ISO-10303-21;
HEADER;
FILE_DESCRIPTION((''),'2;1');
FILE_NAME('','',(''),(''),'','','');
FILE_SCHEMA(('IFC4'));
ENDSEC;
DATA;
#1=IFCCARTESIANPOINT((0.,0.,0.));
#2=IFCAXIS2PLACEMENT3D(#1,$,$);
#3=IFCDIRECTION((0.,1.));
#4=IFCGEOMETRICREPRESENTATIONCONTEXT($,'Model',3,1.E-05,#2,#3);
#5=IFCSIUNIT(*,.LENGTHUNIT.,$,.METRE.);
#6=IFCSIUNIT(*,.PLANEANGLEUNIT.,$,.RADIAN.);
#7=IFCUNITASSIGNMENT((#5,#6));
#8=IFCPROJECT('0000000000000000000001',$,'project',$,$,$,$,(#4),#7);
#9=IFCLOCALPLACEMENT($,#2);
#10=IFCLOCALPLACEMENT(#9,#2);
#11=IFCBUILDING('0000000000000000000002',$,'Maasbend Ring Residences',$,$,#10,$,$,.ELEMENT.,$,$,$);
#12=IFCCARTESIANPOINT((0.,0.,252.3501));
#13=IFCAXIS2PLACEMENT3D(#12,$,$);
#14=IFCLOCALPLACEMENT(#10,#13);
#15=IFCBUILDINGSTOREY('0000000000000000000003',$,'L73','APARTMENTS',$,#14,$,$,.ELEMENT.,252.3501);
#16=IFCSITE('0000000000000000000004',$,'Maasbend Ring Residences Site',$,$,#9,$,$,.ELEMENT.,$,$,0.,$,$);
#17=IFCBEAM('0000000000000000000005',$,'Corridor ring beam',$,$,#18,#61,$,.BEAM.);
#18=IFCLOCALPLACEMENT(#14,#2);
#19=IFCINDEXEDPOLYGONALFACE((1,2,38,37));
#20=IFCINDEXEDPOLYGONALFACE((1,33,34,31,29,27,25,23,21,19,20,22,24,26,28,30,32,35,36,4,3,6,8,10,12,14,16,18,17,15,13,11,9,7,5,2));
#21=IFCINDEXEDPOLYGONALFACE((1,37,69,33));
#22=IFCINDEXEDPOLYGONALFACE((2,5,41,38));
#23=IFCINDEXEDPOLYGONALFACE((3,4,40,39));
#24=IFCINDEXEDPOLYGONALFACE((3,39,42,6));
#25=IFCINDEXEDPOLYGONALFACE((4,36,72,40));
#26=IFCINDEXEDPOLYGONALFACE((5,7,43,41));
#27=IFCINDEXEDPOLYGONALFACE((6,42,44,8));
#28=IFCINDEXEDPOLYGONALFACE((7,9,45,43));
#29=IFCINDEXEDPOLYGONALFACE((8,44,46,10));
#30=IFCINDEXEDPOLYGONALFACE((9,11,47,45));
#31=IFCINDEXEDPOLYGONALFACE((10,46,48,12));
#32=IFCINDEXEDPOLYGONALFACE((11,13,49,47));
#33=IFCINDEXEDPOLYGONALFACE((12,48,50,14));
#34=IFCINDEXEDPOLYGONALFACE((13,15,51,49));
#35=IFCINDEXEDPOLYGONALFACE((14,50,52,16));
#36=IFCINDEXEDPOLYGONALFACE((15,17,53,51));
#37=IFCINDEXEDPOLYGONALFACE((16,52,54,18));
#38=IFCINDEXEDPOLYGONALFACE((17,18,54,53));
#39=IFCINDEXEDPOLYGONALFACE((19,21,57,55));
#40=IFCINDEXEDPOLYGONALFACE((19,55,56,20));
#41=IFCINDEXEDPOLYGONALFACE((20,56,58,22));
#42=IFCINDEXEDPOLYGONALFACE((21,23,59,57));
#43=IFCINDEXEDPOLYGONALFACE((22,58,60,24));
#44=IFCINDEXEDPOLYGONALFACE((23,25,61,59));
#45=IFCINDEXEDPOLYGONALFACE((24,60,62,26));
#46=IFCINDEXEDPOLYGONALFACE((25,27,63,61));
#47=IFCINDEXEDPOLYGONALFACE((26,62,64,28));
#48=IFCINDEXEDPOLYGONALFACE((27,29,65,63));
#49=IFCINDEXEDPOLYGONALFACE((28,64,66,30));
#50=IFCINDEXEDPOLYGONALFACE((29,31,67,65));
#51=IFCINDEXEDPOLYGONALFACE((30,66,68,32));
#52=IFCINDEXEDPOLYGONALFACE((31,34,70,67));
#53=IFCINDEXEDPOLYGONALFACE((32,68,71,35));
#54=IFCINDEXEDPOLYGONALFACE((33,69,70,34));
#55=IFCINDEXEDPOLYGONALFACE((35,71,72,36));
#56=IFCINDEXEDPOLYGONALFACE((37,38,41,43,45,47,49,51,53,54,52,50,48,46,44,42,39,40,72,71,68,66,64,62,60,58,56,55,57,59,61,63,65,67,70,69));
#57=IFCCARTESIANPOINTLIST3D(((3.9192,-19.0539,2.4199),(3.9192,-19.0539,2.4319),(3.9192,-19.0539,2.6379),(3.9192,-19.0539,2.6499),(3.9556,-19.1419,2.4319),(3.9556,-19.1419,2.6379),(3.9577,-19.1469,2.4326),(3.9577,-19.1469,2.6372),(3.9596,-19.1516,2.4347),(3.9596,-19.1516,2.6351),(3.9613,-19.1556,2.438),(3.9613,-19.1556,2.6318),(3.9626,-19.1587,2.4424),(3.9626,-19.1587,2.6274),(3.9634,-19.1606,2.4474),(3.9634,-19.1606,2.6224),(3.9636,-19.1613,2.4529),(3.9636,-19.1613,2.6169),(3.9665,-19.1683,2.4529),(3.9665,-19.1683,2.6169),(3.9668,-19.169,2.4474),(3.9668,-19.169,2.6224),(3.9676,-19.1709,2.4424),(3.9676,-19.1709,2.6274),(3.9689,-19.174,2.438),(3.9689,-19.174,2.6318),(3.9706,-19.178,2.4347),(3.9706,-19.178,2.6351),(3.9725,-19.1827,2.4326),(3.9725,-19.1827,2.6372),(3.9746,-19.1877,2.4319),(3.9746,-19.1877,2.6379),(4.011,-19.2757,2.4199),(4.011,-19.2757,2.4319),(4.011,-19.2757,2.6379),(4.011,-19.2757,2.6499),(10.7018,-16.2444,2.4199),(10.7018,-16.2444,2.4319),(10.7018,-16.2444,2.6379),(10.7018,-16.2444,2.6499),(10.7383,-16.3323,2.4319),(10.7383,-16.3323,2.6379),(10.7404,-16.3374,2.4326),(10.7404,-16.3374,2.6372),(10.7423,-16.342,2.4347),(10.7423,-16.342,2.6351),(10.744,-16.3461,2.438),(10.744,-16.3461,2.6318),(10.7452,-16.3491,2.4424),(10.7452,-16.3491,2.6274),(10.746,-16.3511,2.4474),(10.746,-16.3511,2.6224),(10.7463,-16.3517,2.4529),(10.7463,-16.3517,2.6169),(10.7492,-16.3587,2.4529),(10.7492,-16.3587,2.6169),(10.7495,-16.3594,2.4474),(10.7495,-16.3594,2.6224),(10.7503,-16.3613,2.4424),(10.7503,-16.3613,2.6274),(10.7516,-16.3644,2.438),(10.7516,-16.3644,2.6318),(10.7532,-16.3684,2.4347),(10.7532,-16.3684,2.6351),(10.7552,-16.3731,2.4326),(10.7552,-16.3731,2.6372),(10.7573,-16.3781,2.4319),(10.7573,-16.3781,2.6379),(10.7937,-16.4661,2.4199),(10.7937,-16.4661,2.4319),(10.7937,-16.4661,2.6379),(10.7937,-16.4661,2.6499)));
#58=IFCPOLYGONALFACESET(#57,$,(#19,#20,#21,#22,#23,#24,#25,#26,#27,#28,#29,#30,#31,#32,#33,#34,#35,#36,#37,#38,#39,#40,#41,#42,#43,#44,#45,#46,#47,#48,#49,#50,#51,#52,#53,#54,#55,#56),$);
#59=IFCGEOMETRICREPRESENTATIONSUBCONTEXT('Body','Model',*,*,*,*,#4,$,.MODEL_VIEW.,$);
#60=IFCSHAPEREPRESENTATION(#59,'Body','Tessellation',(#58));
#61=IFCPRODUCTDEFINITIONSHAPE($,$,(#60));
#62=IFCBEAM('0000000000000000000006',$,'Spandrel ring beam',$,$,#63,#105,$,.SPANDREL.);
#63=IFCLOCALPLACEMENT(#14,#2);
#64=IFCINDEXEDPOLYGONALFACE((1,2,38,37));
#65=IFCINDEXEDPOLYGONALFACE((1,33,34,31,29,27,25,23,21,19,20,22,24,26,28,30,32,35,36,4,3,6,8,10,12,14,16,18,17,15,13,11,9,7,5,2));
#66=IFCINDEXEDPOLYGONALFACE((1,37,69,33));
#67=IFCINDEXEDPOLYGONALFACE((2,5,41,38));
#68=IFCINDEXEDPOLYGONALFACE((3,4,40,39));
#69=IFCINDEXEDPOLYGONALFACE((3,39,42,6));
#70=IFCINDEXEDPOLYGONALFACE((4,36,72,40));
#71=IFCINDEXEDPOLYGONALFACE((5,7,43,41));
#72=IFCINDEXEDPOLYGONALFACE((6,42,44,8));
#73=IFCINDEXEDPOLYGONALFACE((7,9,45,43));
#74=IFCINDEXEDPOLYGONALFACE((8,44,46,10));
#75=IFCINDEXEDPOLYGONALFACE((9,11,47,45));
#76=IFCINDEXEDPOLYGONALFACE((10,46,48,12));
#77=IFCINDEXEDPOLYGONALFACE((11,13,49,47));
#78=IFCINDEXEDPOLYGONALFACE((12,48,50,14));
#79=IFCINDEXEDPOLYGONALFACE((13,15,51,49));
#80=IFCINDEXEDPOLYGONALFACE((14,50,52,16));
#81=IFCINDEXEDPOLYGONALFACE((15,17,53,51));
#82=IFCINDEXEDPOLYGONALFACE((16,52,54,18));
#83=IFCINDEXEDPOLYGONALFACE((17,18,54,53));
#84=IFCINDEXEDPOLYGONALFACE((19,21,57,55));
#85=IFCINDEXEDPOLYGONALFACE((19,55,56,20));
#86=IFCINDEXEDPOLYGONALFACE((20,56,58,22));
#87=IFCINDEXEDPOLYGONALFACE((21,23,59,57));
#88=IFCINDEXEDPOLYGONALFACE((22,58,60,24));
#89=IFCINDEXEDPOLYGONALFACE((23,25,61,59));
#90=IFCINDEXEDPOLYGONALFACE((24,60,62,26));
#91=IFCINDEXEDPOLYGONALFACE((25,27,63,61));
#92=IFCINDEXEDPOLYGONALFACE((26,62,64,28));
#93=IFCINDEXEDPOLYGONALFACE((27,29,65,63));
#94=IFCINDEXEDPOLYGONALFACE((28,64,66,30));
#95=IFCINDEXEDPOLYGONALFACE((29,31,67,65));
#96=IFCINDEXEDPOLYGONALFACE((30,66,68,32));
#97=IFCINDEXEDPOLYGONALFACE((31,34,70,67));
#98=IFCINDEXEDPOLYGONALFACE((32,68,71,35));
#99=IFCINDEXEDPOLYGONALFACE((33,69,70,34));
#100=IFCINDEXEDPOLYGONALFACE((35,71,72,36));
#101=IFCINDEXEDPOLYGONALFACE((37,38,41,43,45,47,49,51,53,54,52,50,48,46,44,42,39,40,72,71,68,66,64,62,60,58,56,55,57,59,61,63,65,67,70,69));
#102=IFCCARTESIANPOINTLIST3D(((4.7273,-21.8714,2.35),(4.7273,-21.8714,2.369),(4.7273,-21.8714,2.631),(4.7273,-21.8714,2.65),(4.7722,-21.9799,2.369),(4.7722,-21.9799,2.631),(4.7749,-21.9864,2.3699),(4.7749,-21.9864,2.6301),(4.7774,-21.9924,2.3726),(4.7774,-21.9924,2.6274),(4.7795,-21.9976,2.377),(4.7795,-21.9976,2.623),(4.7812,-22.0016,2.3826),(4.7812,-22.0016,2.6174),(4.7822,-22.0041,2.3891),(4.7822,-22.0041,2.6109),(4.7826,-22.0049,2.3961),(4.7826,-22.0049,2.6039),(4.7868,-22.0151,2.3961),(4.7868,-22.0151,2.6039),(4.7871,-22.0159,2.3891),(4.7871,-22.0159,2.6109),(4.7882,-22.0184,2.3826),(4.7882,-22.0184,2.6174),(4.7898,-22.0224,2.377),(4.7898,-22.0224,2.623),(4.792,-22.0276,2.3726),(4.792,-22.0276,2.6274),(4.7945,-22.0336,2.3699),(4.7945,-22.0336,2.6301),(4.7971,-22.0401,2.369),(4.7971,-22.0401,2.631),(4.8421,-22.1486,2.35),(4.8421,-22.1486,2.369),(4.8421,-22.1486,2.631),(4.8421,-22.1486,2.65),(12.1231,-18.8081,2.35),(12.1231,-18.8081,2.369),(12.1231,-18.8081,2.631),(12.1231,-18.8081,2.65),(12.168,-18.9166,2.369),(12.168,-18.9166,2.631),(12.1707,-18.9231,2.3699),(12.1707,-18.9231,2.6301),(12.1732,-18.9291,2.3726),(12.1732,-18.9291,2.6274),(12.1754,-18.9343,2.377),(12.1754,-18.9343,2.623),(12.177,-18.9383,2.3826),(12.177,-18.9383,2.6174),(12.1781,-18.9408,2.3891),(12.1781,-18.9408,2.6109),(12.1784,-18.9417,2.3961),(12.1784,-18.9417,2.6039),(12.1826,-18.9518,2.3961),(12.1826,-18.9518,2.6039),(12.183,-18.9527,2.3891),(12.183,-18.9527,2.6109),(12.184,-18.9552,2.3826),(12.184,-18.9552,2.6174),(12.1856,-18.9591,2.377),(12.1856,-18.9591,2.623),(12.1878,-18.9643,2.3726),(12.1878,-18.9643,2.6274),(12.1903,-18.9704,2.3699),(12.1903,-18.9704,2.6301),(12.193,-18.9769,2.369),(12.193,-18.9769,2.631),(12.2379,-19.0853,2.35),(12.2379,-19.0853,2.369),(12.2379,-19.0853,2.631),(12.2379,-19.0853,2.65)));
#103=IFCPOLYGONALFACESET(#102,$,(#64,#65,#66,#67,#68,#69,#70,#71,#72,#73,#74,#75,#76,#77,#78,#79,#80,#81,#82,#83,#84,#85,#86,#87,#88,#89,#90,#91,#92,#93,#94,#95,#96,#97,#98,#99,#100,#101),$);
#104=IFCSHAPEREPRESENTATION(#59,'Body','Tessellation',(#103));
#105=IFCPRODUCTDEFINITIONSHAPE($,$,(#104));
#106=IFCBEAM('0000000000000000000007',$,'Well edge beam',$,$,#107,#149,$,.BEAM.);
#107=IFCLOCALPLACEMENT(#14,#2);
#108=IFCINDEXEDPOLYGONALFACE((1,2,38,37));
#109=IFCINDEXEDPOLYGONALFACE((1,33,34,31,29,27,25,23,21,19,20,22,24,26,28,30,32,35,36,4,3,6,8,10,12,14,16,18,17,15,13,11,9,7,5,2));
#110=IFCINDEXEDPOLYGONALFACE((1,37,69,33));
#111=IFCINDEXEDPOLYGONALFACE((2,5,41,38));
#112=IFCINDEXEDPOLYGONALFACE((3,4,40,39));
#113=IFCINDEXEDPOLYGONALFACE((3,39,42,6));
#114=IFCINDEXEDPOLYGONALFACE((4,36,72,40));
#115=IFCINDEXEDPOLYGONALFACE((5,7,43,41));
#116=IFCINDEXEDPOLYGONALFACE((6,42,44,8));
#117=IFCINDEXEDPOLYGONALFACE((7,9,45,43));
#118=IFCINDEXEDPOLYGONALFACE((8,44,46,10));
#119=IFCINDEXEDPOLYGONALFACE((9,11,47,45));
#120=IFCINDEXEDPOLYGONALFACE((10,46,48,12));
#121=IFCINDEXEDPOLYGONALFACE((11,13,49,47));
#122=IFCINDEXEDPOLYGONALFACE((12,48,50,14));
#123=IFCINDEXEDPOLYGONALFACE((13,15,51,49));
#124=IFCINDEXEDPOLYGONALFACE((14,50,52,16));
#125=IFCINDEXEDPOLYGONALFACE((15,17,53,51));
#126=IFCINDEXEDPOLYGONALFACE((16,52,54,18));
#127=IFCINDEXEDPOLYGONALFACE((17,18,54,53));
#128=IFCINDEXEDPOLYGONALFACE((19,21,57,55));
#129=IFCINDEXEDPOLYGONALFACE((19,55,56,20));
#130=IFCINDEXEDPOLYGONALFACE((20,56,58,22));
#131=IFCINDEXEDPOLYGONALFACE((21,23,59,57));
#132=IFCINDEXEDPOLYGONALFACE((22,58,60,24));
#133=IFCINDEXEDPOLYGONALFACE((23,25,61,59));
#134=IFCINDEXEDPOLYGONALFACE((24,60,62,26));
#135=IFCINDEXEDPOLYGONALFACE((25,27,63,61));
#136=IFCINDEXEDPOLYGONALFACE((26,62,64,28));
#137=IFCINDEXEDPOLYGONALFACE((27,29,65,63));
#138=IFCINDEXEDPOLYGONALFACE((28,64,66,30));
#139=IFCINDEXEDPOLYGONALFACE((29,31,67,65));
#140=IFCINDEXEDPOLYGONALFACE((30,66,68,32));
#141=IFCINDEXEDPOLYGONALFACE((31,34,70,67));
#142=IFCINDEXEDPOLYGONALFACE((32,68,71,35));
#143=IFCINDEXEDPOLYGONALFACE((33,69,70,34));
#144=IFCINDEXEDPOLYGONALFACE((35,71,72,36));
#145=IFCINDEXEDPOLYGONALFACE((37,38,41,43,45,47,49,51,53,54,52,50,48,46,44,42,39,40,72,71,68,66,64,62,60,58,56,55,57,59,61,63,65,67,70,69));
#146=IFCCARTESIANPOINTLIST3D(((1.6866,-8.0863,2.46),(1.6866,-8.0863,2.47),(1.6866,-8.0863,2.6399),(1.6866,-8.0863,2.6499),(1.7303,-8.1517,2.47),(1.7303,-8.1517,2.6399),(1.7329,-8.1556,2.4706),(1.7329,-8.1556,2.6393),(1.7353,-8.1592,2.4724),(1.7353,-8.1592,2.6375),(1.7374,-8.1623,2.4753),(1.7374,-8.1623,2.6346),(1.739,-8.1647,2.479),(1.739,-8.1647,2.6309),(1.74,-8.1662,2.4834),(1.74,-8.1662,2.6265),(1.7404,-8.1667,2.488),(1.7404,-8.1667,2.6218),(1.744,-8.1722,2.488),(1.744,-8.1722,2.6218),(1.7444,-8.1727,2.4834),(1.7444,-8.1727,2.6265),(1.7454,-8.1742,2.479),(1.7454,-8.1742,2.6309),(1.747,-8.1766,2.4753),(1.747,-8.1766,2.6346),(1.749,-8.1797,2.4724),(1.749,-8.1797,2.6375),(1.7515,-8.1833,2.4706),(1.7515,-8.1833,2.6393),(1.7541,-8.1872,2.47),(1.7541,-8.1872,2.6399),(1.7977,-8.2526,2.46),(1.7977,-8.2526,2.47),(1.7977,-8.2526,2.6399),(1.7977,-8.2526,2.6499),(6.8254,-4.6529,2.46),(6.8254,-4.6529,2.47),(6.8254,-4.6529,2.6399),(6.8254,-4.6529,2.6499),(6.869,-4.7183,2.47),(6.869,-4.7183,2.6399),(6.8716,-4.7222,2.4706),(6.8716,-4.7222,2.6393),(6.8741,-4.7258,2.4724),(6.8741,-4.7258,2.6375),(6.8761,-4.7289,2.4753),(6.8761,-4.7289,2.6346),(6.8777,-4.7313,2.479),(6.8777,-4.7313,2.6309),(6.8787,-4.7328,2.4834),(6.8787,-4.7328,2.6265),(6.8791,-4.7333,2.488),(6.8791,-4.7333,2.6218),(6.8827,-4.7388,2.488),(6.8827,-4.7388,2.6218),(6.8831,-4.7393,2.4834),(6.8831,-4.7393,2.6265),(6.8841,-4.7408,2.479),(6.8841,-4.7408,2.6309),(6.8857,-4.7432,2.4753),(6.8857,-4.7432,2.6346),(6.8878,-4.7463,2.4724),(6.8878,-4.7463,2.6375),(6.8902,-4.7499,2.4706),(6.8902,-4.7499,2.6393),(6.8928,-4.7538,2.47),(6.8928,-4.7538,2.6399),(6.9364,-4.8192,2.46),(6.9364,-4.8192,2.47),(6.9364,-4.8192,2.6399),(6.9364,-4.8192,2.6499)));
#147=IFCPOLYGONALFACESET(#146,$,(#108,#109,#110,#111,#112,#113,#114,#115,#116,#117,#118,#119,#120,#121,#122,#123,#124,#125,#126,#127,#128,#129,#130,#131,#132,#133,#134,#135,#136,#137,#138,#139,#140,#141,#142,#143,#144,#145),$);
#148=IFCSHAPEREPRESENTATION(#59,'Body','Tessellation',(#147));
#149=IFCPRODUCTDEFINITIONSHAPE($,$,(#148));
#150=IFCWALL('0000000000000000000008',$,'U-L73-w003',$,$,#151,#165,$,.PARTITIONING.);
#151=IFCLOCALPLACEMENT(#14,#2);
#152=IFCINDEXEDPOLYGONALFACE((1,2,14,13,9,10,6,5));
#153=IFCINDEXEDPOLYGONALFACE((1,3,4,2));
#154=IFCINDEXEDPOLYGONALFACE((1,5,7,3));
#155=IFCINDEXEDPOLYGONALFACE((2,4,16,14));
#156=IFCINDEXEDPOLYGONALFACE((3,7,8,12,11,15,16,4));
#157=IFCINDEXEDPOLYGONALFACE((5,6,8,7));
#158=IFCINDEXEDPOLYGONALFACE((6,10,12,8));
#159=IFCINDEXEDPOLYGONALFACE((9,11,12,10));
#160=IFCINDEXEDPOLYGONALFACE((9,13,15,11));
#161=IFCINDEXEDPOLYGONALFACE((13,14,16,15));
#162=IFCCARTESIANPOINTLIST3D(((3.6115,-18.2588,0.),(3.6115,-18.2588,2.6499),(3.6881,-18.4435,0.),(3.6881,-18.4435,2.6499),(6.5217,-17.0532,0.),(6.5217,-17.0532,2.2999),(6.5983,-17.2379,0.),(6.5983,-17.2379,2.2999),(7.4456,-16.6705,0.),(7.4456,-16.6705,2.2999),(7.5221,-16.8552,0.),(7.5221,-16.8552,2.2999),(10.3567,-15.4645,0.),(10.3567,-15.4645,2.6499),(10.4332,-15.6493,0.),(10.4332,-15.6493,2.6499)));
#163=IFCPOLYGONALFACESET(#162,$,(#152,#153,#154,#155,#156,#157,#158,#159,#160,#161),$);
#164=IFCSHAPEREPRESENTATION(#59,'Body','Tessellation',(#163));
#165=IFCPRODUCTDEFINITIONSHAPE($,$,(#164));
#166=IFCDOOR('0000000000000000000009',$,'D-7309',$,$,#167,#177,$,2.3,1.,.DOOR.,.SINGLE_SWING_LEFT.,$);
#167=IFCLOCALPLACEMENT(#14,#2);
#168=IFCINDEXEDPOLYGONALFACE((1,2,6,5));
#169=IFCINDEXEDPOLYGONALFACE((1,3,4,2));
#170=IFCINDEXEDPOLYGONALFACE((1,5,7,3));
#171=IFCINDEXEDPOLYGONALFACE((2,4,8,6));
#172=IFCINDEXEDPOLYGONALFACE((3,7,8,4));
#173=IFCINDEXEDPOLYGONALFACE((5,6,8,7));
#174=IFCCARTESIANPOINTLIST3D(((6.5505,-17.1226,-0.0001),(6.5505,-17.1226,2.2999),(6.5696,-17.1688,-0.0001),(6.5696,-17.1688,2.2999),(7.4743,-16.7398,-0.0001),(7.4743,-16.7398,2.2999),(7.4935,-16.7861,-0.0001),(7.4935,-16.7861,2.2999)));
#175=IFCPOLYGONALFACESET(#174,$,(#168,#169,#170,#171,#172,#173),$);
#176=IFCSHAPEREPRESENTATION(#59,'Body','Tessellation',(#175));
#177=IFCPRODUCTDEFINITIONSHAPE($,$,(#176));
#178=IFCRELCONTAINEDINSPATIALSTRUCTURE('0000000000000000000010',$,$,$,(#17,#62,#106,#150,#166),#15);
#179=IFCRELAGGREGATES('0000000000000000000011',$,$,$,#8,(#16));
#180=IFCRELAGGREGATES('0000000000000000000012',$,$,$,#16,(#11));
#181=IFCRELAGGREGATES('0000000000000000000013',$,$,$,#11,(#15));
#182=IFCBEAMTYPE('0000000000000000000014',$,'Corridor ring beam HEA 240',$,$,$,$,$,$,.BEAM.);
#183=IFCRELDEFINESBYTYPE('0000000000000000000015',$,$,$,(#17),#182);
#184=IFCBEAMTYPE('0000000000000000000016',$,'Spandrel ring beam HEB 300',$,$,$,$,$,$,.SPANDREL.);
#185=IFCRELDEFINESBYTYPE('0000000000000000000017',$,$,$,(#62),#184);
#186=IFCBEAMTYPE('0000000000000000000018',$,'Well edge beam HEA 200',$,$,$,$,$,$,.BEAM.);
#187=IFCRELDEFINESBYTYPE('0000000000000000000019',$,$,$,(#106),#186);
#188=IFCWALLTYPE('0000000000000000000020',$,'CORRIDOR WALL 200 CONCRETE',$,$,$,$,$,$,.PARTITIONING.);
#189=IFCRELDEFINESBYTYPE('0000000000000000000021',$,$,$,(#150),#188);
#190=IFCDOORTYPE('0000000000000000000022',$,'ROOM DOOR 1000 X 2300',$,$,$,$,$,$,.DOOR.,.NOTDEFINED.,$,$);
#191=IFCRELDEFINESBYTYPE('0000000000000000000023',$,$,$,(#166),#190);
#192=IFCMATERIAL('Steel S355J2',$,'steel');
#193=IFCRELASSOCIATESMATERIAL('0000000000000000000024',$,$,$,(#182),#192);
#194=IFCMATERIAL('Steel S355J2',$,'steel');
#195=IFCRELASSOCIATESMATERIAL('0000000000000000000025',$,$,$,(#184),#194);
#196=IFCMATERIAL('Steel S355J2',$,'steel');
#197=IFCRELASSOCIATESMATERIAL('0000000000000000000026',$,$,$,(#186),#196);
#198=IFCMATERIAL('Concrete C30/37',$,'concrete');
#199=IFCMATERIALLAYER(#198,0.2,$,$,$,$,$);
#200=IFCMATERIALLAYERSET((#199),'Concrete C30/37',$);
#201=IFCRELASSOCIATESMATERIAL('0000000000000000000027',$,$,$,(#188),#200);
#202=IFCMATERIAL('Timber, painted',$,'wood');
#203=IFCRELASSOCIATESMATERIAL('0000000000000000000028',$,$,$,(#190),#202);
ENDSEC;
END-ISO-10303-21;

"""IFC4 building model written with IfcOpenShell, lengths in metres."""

from ifc_helpers import new_model, si_unit, direction, frame, frame_2d, origin, origin_2d, place, context, subcontext, project, spatial, rectangle, i_section, extrude, material, layer, layer_set, material_profile, profile_set, type_object, element, fill, save


model = new_model("IFC4")

# Units and contexts
model_context = context("Model", 3, precision=1e-05, world=origin(), true_north=direction((0.0, 1.0)))
body_context = subcontext(model_context, "Body", "Model", "MODEL_VIEW")
ifc_project = project(units=[si_unit("LENGTHUNIT", "METRE"), si_unit("PLANEANGLEUNIT", "RADIAN")], contexts=[model_context])

# Site, building, storey
site_placement = place(None, origin())
site = spatial("IfcSite", under=ifc_project, at=site_placement, Name="Maasbend Ring Residences Site", CompositionType="ELEMENT", RefElevation=0.0)
building_placement = place(site_placement, origin())
building = spatial("IfcBuilding", under=site, at=building_placement, Name="Maasbend Ring Residences", CompositionType="ELEMENT")
storey_placement = place(building_placement, frame((0.0, 0.0, 252.3501)))
storey = spatial("IfcBuildingStorey", under=building, at=storey_placement, Name="L73", Description="APARTMENTS", CompositionType="ELEMENT", Elevation=252.3501)

# Beams
ifc_material_1 = material(Name="Steel S355J2", Category="steel")
ifc_material_profile_1 = material_profile(ifc_material_1, i_section(OverallWidth=0.24, OverallDepth=0.23, WebThickness=0.0076, FlangeThickness=0.012, FilletRadius=0.021, at=origin_2d()), Name="HEA 240")
ifc_profile_set_1 = profile_set([ifc_material_profile_1], Name="Steel S355J2")
beam_type_1 = type_object("IfcBeamType", Name="Corridor ring beam HEA 240", PredefinedType="BEAM", material=ifc_profile_set_1)
beam_1_placement = place(storey_placement, frame((3.9651, -19.1648, 2.5349), z_axis=(0.923876, 0.382692, 0.0), x_axis=(-0.382692, 0.923876, 0.0)))
element("IfcBeam", 1, at=beam_1_placement, inside=storey, type_object=beam_type_1, Name="Corridor ring beam", PredefinedType="BEAM", context=body_context, shape_type="SweptSolid", body=[
    extrude(i_section(OverallWidth=0.24, OverallDepth=0.23, WebThickness=0.0076, FlangeThickness=0.012, FilletRadius=0.021, at=origin_2d()), origin(), (0.0, 0.0, 1.0), 7.3416),
])
ifc_material_2 = material(Name="Steel S355J2", Category="steel")
ifc_material_profile_2 = material_profile(ifc_material_2, i_section(OverallWidth=0.3, OverallDepth=0.3, WebThickness=0.011, FlangeThickness=0.019, FilletRadius=0.0271, at=origin_2d()), Name="HEB 300")
ifc_profile_set_2 = profile_set([ifc_material_profile_2], Name="Steel S355J2")
beam_type_2 = type_object("IfcBeamType", Name="Spandrel ring beam HEB 300", PredefinedType="SPANDREL", material=ifc_profile_set_2)
beam_2_placement = place(storey_placement, frame((4.7847, -22.01, 2.5), z_axis=(0.923888, 0.382663, 0.0), x_axis=(-0.382663, 0.923888, 0.0)))
element("IfcBeam", 2, at=beam_2_placement, inside=storey, type_object=beam_type_2, Name="Spandrel ring beam", PredefinedType="SPANDREL", context=body_context, shape_type="SweptSolid", body=[
    extrude(i_section(OverallWidth=0.3, OverallDepth=0.3, WebThickness=0.011, FlangeThickness=0.019, FilletRadius=0.0271, at=origin_2d()), origin(), (0.0, 0.0, 1.0), 8.0051),
])
ifc_material_3 = material(Name="Steel S355J2", Category="steel")
ifc_material_profile_3 = material_profile(ifc_material_3, i_section(OverallWidth=0.2, OverallDepth=0.1899, WebThickness=0.0066, FlangeThickness=0.01, FilletRadius=0.0181, at=origin_2d()), Name="HEA 200")
ifc_profile_set_3 = profile_set([ifc_material_profile_3], Name="Steel S355J2")
beam_type_3 = type_object("IfcBeamType", Name="Well edge beam HEA 200", PredefinedType="BEAM", material=ifc_profile_set_3)
beam_3_placement = place(storey_placement, frame((1.7422, -8.1694, 2.5549), z_axis=(0.831485, 0.555548, 0.0), x_axis=(-0.555548, 0.831485, 0.0)))
element("IfcBeam", 3, at=beam_3_placement, inside=storey, type_object=beam_type_3, Name="Well edge beam", PredefinedType="BEAM", context=body_context, shape_type="SweptSolid", body=[
    extrude(i_section(OverallWidth=0.2, OverallDepth=0.1899, WebThickness=0.0066, FlangeThickness=0.01, FilletRadius=0.0181, at=origin_2d()), origin(), (0.0, 0.0, 1.0), 6.1802),
])

# Wall, opening, door
ifc_material_4 = material(Name="Concrete C30/37", Category="concrete")
ifc_layer_1 = layer(ifc_material_4, 0.2)
ifc_layer_set_1 = layer_set([ifc_layer_1], Name="Concrete C30/37")
wall_type_1 = type_object("IfcWallType", Name="CORRIDOR WALL 200 CONCRETE", PredefinedType="PARTITIONING", material=ifc_layer_set_1)
wall_1_placement = place(storey_placement, frame((3.6499, -18.3511, 0.0), z_axis=(0.0, 0.0, 1.0), x_axis=(0.923866, 0.382715, 0.0)))
wall_1 = element("IfcWall", 4, at=wall_1_placement, inside=storey, type_object=wall_type_1, Name="U-L73-w003", PredefinedType="PARTITIONING", context=body_context, shape_type="SweptSolid", body=[
    extrude(rectangle(XDim=7.301, YDim=0.2, at=frame_2d((3.6504, 0.0))), origin(), (0.0, 0.0, 1.0), 2.6499),
])
opening_1_placement = place(wall_1_placement, frame((3.1499, 0.0, 0.0)))
opening_1 = element("IfcOpeningElement", 5, at=opening_1_placement, cuts=wall_1, PredefinedType="OPENING", context=body_context, shape_type="SweptSolid", body=[
    extrude(rectangle(XDim=1.0, YDim=2.3, at=frame_2d((0.5, 1.1499))), frame((0.0, 0.1099, 0.0), z_axis=(0.0, -1.0, 0.0), x_axis=(1.0, 0.0, 0.0)), (0.0, 0.0, 1.0), 0.22),
])
ifc_material_5 = material(Name="Timber, painted", Category="wood")
door_type_1 = type_object("IfcDoorType", Name="ROOM DOOR 1000 X 2300", OperationType="NOTDEFINED", PredefinedType="DOOR", material=ifc_material_5)
door_1_placement = place(opening_1_placement, origin())
door_1 = element("IfcDoor", 6, at=door_1_placement, inside=storey, type_object=door_type_1, Name="D-7309", OperationType="SINGLE_SWING_LEFT", OverallHeight=2.3, OverallWidth=1.0, PredefinedType="DOOR", context=body_context, shape_type="SweptSolid", body=[
    extrude(rectangle(XDim=1.0, YDim=2.3, at=frame_2d((0.5, 1.1499))), frame((0.0, 0.0249, 0.0), z_axis=(0.0, -1.0, 0.0), x_axis=(1.0, 0.0, 0.0)), (0.0, 0.0, 1.0), 0.05),
])
fill(opening_1, door_1)

save(model, "model.ifc")
